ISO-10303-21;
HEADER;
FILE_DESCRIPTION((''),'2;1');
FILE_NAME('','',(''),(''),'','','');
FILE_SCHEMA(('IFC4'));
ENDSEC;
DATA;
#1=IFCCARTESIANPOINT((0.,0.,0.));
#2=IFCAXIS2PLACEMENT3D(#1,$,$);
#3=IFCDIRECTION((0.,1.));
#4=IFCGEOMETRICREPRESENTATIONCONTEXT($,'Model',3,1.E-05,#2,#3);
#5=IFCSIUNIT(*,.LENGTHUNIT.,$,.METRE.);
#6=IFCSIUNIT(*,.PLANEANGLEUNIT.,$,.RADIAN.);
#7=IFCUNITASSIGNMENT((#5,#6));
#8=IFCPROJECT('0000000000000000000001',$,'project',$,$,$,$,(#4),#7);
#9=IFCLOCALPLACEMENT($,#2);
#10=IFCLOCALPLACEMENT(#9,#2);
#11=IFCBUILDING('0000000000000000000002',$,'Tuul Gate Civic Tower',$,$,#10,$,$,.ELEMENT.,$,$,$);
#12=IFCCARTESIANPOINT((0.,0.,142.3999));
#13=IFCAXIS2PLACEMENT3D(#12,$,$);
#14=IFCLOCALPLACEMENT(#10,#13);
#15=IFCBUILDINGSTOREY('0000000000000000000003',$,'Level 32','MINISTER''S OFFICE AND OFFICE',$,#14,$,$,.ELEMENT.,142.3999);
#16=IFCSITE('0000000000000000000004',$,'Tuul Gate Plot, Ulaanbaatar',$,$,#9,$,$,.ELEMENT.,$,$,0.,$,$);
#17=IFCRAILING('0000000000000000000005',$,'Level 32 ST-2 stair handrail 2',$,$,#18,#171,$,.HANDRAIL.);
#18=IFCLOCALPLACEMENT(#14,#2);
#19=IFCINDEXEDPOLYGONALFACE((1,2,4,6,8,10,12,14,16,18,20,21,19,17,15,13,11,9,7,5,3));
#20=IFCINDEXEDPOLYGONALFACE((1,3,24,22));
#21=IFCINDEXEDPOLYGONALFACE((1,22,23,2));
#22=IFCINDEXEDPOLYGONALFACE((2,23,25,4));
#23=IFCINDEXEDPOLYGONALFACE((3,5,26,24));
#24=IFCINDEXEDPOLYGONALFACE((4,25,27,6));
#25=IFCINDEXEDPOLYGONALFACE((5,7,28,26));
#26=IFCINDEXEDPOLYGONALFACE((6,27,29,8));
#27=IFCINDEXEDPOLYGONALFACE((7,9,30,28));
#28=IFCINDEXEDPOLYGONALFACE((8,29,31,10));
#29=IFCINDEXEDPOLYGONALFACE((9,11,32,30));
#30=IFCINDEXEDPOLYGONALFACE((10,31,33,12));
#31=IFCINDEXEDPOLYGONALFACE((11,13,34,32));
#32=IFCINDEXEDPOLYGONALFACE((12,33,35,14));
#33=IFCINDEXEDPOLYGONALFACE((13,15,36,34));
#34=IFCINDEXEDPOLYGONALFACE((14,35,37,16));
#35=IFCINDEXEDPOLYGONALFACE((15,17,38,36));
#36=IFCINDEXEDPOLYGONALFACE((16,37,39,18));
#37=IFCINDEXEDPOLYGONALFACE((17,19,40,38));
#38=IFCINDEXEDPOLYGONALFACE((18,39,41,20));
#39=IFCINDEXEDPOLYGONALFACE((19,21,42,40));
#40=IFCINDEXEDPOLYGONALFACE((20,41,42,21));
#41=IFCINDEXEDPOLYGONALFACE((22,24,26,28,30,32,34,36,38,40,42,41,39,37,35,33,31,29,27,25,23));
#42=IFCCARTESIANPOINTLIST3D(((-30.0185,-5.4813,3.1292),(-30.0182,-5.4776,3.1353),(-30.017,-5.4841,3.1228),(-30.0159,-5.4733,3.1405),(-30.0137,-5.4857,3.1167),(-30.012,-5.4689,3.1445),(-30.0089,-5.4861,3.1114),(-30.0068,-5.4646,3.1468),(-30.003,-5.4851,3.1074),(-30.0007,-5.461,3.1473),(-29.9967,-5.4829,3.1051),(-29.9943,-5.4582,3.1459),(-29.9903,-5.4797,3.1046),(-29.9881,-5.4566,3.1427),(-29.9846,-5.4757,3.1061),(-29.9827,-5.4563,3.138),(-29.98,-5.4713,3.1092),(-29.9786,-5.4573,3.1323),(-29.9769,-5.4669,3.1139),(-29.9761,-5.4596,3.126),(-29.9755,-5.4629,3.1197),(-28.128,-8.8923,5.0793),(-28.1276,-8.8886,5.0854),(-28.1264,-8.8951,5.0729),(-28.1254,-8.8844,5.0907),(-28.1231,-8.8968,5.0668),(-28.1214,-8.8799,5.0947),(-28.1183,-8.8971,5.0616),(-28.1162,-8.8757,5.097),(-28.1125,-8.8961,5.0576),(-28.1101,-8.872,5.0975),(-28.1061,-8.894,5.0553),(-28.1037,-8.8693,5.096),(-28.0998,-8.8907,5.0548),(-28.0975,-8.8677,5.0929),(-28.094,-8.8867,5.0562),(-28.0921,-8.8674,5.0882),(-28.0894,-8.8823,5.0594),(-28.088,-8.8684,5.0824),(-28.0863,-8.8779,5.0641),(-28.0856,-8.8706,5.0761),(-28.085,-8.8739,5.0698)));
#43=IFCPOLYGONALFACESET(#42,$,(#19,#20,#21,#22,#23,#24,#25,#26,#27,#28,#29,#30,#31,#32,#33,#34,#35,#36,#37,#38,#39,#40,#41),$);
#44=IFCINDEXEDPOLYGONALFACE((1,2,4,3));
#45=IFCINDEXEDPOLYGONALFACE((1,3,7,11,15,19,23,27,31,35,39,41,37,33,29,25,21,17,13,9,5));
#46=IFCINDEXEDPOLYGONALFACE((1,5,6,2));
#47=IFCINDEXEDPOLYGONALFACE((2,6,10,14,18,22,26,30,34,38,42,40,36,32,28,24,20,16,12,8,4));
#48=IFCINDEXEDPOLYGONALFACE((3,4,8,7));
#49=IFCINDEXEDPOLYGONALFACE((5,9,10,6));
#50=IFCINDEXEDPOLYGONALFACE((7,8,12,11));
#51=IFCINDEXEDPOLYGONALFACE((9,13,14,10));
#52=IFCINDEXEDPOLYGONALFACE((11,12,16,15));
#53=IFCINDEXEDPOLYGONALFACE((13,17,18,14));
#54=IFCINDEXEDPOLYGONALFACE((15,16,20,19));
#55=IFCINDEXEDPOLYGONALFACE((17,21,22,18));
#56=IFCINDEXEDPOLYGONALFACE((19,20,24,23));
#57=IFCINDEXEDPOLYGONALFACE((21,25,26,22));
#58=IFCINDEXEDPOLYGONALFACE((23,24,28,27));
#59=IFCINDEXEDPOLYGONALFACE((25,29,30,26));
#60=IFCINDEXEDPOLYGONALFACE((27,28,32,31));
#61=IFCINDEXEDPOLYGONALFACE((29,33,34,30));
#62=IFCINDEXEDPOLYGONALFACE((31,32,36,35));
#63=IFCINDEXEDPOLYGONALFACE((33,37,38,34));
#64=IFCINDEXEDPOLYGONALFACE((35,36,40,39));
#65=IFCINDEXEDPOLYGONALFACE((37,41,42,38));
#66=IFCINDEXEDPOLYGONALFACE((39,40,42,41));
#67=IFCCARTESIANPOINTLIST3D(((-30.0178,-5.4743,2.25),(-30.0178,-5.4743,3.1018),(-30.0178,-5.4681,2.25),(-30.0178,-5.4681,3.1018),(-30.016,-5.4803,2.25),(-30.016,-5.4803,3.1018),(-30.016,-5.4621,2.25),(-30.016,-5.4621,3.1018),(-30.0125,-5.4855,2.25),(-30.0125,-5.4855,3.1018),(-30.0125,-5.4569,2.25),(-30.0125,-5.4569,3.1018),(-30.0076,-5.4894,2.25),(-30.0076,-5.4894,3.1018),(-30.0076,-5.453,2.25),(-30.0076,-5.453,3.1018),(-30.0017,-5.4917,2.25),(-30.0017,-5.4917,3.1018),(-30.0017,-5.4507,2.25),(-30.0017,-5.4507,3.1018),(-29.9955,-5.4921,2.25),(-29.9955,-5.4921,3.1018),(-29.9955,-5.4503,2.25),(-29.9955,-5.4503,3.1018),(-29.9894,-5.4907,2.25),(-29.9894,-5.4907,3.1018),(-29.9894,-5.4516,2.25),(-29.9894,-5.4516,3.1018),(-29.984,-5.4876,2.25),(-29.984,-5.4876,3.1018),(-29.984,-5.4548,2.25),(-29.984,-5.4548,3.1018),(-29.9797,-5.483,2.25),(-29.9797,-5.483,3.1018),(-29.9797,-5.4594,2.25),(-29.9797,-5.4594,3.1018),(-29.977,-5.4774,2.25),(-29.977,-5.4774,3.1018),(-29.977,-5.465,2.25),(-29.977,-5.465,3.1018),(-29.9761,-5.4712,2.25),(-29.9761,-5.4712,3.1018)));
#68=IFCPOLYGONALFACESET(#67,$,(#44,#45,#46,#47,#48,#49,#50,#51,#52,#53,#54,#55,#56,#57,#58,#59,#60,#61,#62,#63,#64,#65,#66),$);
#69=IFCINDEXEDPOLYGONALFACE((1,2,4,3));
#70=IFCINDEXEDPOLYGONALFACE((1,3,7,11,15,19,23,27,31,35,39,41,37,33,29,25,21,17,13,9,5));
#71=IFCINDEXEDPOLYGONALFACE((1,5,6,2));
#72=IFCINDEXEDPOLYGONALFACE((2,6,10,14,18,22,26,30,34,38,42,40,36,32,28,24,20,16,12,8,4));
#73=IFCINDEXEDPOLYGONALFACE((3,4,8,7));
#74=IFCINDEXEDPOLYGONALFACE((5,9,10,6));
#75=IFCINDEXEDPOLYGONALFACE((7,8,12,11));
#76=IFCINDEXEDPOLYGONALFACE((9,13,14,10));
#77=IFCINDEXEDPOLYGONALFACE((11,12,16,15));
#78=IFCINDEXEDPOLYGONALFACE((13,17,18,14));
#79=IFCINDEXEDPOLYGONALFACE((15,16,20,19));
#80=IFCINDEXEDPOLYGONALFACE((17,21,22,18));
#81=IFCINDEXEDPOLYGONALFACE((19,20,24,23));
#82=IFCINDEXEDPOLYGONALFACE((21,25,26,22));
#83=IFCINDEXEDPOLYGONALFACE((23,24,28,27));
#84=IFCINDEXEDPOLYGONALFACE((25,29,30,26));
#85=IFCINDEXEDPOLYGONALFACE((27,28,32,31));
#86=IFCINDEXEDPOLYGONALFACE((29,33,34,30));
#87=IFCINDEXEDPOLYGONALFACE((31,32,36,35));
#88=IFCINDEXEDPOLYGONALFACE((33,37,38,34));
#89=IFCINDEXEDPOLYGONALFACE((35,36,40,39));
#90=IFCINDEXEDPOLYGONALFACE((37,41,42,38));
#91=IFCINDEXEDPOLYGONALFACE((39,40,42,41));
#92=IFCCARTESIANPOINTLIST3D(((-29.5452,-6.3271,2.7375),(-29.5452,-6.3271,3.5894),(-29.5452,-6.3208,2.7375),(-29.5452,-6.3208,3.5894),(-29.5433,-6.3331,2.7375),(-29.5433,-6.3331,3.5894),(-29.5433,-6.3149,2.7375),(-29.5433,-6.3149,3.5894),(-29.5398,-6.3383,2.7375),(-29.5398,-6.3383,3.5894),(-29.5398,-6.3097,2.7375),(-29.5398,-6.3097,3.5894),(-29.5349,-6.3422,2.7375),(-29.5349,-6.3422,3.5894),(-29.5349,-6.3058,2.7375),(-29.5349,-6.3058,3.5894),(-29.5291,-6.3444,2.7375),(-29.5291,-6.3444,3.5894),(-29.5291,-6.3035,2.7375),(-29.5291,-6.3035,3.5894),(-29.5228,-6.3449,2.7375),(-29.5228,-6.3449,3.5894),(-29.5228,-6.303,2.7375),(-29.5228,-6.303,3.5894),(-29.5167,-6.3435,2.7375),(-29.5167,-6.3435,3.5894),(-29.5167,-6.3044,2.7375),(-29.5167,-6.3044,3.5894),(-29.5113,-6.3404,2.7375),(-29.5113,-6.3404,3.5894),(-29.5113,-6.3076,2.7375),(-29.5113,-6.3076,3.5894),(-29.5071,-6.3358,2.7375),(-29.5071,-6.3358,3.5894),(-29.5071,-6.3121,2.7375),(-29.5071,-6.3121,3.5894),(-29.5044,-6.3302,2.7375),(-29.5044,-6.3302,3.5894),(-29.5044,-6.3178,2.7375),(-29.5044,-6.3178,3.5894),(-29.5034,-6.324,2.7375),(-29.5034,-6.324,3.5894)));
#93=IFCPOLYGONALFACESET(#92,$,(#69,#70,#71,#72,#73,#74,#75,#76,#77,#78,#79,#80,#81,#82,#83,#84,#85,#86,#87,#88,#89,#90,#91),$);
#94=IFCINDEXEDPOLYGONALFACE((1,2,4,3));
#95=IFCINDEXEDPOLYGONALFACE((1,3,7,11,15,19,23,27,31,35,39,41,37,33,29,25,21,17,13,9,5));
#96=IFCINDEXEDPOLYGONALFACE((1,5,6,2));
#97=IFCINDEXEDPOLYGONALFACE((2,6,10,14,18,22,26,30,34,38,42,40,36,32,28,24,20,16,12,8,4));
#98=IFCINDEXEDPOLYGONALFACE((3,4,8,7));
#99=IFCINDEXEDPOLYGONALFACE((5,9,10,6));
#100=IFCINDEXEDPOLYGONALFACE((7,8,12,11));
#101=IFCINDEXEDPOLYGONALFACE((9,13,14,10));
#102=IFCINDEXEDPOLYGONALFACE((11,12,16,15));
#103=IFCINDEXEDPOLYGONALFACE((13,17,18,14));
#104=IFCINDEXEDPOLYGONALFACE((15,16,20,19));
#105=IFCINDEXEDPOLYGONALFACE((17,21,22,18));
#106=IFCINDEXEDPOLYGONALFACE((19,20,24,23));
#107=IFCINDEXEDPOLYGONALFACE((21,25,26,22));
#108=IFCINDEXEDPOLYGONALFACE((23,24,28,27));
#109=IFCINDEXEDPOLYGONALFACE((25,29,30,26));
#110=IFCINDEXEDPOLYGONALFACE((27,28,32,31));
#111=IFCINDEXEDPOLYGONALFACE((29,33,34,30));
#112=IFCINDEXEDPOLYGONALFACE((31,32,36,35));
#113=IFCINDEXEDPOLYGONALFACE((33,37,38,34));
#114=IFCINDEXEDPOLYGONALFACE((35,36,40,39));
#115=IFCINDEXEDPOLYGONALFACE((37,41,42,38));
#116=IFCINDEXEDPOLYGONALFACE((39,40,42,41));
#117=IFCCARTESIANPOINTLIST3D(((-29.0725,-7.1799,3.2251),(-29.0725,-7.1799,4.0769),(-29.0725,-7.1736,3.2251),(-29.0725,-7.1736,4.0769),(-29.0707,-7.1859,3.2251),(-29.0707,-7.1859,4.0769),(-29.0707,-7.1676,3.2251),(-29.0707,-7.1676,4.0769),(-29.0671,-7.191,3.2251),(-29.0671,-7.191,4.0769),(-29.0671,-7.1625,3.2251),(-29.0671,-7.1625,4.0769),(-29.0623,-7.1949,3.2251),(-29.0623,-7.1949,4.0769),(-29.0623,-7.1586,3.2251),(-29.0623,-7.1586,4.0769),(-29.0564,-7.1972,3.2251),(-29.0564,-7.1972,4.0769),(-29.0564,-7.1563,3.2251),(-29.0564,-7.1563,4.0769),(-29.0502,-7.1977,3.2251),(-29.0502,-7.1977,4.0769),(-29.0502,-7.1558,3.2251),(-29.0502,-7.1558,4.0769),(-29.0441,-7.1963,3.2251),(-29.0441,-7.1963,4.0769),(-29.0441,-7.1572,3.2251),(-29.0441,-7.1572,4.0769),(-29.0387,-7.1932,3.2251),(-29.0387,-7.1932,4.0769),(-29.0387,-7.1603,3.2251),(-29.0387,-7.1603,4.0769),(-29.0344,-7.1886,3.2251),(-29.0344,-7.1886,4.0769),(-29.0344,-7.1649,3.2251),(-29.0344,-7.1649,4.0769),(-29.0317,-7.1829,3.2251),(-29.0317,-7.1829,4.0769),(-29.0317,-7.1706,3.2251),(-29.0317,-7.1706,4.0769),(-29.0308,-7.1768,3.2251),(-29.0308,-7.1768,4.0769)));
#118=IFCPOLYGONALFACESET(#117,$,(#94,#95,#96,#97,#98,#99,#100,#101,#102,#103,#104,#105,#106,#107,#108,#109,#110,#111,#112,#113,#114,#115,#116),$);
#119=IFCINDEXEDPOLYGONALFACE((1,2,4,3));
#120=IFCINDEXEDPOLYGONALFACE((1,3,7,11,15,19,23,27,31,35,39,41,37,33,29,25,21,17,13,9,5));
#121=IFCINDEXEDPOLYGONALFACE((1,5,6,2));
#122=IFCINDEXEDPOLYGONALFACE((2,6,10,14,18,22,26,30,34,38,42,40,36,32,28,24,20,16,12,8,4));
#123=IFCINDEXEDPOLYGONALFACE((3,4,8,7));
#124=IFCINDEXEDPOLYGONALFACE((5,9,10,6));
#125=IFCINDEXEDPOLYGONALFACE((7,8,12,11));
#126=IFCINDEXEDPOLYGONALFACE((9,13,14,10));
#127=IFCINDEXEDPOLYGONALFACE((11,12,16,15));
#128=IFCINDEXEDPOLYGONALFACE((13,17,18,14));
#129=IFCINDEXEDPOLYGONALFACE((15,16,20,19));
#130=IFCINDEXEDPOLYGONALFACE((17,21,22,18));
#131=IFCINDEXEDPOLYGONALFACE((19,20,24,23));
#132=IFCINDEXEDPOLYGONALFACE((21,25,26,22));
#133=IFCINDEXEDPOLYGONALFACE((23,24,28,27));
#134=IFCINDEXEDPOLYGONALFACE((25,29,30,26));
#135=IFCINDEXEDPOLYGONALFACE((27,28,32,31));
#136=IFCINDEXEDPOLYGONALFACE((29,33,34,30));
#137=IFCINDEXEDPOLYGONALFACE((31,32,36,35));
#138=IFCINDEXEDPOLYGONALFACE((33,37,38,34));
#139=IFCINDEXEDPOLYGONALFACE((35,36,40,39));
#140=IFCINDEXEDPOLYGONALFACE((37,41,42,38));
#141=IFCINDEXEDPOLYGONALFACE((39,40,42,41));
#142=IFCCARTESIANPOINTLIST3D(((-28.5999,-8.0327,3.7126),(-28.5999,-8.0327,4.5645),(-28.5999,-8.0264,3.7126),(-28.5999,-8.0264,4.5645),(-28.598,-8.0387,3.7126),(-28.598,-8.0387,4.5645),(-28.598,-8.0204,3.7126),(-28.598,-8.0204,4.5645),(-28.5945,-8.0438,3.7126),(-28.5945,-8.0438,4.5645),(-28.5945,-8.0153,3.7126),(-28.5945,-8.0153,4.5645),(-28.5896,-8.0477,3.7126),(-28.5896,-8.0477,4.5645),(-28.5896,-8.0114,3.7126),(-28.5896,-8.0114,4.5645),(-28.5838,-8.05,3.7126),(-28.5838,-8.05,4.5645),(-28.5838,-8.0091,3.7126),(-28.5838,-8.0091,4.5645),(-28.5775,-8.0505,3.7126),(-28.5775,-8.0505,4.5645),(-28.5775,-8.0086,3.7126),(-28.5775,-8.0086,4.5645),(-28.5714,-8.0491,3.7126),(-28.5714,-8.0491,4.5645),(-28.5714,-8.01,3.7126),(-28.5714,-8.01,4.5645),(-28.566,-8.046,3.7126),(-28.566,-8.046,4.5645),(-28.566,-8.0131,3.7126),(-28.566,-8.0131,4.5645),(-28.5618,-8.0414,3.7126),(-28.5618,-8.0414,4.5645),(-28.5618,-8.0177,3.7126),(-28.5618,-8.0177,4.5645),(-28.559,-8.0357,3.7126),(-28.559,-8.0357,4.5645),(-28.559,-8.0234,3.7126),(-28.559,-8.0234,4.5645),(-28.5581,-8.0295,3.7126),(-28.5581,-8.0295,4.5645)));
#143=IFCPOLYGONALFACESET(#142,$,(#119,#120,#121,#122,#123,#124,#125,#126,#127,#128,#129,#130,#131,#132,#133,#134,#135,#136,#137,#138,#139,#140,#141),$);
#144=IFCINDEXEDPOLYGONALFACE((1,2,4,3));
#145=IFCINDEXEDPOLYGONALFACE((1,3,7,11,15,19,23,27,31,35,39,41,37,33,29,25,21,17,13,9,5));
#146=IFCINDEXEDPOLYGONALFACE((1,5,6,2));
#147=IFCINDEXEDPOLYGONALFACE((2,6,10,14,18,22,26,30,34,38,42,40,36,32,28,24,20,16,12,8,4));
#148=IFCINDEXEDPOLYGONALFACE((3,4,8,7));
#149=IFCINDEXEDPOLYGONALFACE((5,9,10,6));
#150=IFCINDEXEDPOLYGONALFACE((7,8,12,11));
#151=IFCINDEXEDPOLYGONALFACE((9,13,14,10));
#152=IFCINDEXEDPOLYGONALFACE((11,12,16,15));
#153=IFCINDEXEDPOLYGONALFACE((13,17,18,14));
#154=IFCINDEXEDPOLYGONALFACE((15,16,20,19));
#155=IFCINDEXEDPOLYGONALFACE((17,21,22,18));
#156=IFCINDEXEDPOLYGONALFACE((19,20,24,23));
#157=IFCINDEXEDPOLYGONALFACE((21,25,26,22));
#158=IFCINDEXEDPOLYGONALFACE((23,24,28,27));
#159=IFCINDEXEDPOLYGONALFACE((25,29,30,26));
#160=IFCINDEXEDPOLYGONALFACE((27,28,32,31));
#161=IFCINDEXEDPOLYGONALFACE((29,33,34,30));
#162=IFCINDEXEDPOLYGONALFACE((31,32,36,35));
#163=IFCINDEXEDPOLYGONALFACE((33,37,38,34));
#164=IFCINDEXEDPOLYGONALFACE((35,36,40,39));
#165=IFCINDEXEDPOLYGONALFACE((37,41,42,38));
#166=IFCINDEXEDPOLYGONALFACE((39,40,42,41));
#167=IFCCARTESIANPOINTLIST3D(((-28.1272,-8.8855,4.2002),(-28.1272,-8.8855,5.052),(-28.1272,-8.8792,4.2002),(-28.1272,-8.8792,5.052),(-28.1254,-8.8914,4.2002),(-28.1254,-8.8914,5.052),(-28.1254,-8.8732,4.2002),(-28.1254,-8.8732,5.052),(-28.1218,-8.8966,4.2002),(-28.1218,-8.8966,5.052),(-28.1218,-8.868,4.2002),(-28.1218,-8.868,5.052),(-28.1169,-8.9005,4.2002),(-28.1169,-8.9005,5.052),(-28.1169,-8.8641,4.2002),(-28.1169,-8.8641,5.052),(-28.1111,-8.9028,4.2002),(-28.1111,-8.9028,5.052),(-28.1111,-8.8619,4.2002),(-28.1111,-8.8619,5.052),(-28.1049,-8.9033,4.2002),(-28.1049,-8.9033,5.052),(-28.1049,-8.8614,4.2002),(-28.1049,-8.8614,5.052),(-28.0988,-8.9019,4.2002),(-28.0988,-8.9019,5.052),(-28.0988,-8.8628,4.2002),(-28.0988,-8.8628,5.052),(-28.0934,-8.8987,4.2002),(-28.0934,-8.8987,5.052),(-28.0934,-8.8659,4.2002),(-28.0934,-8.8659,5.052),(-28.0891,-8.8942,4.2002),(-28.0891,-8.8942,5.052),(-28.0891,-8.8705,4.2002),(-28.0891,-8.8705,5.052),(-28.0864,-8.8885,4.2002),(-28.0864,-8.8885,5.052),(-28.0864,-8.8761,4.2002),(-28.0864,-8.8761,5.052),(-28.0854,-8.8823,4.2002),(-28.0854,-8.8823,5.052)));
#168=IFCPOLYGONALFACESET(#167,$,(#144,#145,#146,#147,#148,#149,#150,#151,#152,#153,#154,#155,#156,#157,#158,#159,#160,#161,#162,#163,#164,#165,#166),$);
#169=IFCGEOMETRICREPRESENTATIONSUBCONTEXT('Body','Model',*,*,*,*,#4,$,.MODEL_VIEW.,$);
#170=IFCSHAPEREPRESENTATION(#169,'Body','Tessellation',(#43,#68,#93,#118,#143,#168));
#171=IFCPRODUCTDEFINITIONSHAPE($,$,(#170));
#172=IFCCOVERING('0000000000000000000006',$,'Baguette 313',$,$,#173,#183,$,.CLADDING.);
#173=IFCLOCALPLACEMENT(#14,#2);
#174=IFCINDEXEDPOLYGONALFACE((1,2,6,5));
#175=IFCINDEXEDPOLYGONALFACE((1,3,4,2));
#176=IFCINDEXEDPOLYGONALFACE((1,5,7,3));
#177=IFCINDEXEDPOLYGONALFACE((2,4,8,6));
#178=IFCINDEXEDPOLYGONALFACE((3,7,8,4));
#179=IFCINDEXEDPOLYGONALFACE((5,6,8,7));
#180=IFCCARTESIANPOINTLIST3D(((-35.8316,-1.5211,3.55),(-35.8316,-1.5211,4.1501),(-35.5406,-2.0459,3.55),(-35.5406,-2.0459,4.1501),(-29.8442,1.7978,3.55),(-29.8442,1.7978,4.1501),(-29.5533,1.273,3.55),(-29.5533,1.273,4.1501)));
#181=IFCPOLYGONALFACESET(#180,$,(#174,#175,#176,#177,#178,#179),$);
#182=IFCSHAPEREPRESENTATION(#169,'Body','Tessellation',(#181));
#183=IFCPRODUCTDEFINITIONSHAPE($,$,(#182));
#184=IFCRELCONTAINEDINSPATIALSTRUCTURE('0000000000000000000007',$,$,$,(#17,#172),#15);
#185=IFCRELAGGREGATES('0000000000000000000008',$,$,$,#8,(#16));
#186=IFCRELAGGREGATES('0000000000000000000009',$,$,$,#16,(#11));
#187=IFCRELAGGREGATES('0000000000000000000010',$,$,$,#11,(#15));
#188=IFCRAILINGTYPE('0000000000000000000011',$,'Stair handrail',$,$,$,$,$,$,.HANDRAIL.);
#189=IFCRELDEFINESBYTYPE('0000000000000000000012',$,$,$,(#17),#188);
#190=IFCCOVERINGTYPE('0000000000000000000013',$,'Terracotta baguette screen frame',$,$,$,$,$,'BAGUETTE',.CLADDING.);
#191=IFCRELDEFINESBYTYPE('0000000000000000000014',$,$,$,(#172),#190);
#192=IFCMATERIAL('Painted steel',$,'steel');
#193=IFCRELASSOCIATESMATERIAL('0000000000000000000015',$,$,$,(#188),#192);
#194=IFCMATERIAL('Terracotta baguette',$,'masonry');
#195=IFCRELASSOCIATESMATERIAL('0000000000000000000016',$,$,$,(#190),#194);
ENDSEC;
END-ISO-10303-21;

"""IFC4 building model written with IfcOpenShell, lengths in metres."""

from ifc_helpers import new_model, si_unit, direction, frame, origin, origin_2d, place, context, subcontext, project, spatial, rectangle, circle, extrude, material, material_profile, profile_set, type_object, element, save


model = new_model("IFC4")

# Units and contexts
model_context = context("Model", 3, precision=1e-05, world=origin(), true_north=direction((0.0, 1.0)))
body_context = subcontext(model_context, "Body", "Model", "MODEL_VIEW")
ifc_project = project(units=[si_unit("LENGTHUNIT", "METRE"), si_unit("PLANEANGLEUNIT", "RADIAN")], contexts=[model_context])

# Site, building, storey
site_placement = place(None, origin())
site = spatial("IfcSite", under=ifc_project, at=site_placement, Name="Tuul Gate Plot, Ulaanbaatar", CompositionType="ELEMENT", RefElevation=0.0)
building_placement = place(site_placement, origin())
building = spatial("IfcBuilding", under=site, at=building_placement, Name="Tuul Gate Civic Tower", CompositionType="ELEMENT")
storey_placement = place(building_placement, frame((0.0, 0.0, 142.3999)))
storey = spatial("IfcBuildingStorey", under=building, at=storey_placement, Name="Level 32", Description="MINISTER'S OFFICE AND OFFICE", CompositionType="ELEMENT", Elevation=142.3999)

# Railing
ifc_material_1 = material(Name="Painted steel", Category="steel")
railing_type_1 = type_object("IfcRailingType", Name="Stair handrail", PredefinedType="HANDRAIL", material=ifc_material_1)
railing_1_placement = place(storey_placement, frame((-29.9971, -5.4712, 2.25)))
element("IfcRailing", 1, at=railing_1_placement, inside=storey, type_object=railing_type_1, Name="Level 32 ST-2 stair handrail 2", PredefinedType="HANDRAIL", context=body_context, shape_type="SweptSolid", body=[
    extrude(circle(Radius=0.0239, at=origin_2d()), frame((0.0, 0.0, 0.876), z_axis=(0.433585, -0.782289, 0.447246), x_axis=(0.874641, 0.484771, 0.0)), (0.0, 0.0, 1.0), 4.3604),
    extrude(circle(Radius=0.021, at=origin_2d()), origin(), (0.0, 0.0, 1.0), 0.8518),
    extrude(circle(Radius=0.021, at=origin_2d()), frame((0.4727, -0.8528, 0.4875)), (0.0, 0.0, 1.0), 0.8518),
    extrude(circle(Radius=0.021, at=origin_2d()), frame((0.9453, -1.7056, 0.9751)), (0.0, 0.0, 1.0), 0.8518),
    extrude(circle(Radius=0.021, at=origin_2d()), frame((1.418, -2.5583, 1.4626)), (0.0, 0.0, 1.0), 0.8518),
    extrude(circle(Radius=0.021, at=origin_2d()), frame((1.8906, -3.4111, 1.9502)), (0.0, 0.0, 1.0), 0.8518),
])

# Covering
ifc_material_2 = material(Name="Terracotta baguette", Category="masonry")
ifc_material_profile_1 = material_profile(ifc_material_2, rectangle(XDim=0.6001, YDim=0.6001, at=origin_2d()), Name="Terracotta baguette screen frame")
ifc_profile_set_1 = profile_set([ifc_material_profile_1], Name="Terracotta baguette")
covering_type = type_object("IfcCoveringType", Name="Terracotta baguette screen frame", ElementType="BAGUETTE", PredefinedType="CLADDING", material=ifc_profile_set_1)
covering_placement = place(storey_placement, frame((-29.6987, 1.5354, 3.8501), z_axis=(-0.874618, -0.484813, 0.0), x_axis=(0.484813, -0.874618, 0.0)))
element("IfcCovering", 2, at=covering_placement, inside=storey, type_object=covering_type, Name="Baguette 313", PredefinedType="CLADDING", context=body_context, shape_type="SweptSolid", body=[
    extrude(rectangle(XDim=0.6001, YDim=0.6001, at=origin_2d()), origin(), (0.0, 0.0, 1.0), 6.8457),
])

save(model, "model.ifc")
